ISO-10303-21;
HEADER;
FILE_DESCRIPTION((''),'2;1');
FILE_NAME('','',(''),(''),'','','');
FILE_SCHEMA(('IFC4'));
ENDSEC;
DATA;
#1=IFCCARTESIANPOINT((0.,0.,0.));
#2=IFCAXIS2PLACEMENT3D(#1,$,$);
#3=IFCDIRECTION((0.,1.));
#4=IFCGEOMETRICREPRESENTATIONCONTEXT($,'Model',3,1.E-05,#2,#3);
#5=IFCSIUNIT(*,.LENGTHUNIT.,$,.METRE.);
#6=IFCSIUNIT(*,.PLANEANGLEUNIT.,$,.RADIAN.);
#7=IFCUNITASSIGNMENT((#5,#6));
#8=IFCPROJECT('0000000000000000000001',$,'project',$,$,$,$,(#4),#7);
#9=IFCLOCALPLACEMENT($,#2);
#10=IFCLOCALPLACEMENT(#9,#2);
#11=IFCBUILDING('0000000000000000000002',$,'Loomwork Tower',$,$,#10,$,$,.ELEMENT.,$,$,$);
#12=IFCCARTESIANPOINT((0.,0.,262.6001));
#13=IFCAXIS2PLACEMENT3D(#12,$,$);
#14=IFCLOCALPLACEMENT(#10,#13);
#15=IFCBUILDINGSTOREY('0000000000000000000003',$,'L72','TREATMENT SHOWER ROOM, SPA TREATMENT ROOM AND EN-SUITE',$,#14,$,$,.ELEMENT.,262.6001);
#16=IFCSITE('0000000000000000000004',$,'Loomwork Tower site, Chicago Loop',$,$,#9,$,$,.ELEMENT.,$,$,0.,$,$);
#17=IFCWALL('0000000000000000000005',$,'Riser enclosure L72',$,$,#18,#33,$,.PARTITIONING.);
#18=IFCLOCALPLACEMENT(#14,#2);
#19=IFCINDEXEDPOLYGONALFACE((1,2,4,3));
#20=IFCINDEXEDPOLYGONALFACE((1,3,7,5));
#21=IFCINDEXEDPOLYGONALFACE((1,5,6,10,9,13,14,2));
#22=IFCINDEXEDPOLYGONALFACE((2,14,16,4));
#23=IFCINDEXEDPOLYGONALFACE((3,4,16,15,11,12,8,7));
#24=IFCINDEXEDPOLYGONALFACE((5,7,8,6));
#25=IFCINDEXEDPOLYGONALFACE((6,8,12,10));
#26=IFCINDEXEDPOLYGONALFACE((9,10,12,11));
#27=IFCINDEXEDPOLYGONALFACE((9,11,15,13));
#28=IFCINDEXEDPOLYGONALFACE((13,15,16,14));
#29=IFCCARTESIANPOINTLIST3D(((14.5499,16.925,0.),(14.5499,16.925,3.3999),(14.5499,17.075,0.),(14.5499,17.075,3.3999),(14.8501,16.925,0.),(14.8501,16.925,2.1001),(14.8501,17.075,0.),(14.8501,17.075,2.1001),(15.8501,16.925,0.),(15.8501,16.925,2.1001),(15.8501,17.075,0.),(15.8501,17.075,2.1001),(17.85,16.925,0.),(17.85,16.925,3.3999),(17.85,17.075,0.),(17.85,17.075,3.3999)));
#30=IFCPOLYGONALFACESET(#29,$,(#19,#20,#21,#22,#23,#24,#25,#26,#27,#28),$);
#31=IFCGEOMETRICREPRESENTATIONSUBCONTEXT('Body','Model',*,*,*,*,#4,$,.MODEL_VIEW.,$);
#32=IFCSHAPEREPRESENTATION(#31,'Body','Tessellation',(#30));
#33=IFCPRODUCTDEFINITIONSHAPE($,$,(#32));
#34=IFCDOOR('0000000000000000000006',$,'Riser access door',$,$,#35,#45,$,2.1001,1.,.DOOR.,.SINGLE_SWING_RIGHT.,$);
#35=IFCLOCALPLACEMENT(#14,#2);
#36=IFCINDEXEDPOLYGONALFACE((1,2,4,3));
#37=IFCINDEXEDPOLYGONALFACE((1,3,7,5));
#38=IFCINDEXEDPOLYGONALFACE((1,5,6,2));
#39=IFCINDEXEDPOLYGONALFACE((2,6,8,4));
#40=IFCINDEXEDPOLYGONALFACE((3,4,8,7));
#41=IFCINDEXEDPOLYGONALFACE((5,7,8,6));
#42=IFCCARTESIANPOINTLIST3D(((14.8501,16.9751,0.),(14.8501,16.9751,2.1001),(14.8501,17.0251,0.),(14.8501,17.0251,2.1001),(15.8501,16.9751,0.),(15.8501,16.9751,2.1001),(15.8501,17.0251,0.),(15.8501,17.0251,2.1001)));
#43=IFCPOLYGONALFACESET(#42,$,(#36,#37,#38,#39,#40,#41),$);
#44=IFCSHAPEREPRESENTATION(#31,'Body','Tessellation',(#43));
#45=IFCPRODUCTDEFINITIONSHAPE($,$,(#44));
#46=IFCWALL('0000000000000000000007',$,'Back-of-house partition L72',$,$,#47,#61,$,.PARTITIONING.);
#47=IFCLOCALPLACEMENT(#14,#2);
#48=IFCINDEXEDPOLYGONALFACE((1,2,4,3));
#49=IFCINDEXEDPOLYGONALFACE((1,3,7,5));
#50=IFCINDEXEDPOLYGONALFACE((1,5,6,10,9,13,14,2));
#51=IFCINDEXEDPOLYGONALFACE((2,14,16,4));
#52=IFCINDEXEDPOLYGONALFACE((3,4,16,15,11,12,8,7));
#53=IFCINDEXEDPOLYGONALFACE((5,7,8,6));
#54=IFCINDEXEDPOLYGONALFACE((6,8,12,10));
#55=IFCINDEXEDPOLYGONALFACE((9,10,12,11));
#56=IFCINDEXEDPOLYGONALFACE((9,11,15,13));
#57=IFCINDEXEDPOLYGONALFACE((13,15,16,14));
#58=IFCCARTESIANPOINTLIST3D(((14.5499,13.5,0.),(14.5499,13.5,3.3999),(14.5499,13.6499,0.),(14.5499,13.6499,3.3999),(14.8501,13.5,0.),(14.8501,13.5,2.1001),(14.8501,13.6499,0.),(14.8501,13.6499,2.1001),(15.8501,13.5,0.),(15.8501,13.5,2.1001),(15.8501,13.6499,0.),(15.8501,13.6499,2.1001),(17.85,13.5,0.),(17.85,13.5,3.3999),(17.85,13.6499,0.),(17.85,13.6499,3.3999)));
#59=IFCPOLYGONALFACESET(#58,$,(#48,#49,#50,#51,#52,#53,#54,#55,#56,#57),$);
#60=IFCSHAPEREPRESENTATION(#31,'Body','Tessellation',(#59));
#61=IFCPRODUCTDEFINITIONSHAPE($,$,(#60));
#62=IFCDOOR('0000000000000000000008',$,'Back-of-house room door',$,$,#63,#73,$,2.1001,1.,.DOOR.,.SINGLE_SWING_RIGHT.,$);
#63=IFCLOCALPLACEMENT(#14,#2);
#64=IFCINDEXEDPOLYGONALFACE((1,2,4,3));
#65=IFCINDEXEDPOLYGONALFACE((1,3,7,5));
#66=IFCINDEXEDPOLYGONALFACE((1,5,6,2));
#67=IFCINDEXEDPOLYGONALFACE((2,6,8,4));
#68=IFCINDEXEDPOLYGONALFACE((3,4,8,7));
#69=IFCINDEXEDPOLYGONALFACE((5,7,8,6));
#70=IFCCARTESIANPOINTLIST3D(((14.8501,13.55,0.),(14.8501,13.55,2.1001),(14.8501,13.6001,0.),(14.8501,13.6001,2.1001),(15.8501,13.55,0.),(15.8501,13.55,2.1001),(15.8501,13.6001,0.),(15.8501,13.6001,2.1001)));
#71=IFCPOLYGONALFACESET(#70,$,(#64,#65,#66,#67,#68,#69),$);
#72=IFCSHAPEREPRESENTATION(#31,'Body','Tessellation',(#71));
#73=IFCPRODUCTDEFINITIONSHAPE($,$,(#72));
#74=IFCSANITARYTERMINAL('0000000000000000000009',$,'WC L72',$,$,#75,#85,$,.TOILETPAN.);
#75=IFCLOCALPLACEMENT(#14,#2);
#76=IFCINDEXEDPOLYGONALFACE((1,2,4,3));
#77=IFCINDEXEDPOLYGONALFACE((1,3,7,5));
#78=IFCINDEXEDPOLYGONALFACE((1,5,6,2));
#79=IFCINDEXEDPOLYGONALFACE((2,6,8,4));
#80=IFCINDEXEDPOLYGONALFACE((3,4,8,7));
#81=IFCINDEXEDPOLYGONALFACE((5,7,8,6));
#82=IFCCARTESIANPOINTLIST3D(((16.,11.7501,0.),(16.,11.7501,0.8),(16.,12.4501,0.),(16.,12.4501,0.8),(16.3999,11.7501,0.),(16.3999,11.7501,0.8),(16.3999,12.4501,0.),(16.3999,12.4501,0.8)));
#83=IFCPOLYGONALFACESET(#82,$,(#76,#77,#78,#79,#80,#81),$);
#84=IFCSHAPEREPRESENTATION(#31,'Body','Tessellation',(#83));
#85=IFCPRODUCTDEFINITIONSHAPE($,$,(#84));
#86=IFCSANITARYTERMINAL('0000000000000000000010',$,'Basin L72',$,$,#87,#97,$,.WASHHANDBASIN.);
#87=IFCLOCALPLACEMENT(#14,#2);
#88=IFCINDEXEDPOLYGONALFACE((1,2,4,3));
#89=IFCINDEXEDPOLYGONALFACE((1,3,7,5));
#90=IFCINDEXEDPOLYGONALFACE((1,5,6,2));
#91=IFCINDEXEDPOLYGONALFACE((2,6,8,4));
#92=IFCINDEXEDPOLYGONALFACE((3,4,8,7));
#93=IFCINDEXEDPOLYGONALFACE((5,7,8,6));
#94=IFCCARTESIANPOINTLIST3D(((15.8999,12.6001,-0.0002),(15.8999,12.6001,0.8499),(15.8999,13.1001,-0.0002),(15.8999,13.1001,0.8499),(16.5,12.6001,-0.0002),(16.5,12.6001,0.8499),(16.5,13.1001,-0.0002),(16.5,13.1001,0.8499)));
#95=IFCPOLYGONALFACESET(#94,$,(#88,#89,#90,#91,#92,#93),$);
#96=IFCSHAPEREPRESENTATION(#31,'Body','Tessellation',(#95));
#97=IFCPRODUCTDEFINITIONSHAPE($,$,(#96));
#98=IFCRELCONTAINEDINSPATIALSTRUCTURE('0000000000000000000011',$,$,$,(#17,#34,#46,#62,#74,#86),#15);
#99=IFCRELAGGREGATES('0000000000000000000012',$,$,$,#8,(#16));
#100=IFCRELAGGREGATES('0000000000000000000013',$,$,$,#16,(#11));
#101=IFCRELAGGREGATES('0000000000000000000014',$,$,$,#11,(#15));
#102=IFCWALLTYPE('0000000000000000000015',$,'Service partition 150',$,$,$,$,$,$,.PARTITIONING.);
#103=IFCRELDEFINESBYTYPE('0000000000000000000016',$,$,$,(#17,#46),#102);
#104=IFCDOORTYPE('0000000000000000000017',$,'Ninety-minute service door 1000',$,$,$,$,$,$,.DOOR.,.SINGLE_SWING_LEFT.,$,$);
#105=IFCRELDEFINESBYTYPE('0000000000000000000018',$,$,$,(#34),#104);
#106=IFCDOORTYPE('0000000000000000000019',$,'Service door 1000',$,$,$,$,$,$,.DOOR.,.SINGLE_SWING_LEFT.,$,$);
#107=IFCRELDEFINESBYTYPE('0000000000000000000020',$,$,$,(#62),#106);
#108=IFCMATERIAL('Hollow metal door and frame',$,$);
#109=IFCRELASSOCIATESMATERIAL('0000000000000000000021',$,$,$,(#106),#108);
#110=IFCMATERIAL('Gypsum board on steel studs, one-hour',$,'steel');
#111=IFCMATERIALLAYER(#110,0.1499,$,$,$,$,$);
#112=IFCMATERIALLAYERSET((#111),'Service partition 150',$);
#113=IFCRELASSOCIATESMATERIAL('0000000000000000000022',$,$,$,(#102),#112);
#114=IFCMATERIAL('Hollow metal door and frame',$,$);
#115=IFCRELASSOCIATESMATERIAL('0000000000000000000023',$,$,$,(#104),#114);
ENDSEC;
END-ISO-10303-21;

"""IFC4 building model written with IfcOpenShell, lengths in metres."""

from ifc_helpers import new_model, si_unit, direction, frame, frame_2d, origin, origin_2d, place, context, subcontext, project, spatial, rectangle, extrude, material, layer, layer_set, type_object, element, fill, save


model = new_model("IFC4")

# Units and contexts
model_context = context("Model", 3, precision=1e-05, world=origin(), true_north=direction((0.0, 1.0)))
body_context = subcontext(model_context, "Body", "Model", "MODEL_VIEW")
ifc_project = project(units=[si_unit("LENGTHUNIT", "METRE"), si_unit("PLANEANGLEUNIT", "RADIAN")], contexts=[model_context])

# Site, building, storey
site_placement = place(None, origin())
site = spatial("IfcSite", under=ifc_project, at=site_placement, Name="Loomwork Tower site, Chicago Loop", CompositionType="ELEMENT", RefElevation=0.0)
building_placement = place(site_placement, origin())
building = spatial("IfcBuilding", under=site, at=building_placement, Name="Loomwork Tower", CompositionType="ELEMENT")
storey_placement = place(building_placement, frame((0.0, 0.0, 262.6001)))
storey = spatial("IfcBuildingStorey", under=building, at=storey_placement, Name="L72", Description="TREATMENT SHOWER ROOM, SPA TREATMENT ROOM AND EN-SUITE", CompositionType="ELEMENT", Elevation=262.6001)

# Shared definitions
ifc_material_1 = material(Name="Hollow metal door and frame")
door_type_1 = type_object("IfcDoorType", Name="Service door 1000", OperationType="SINGLE_SWING_LEFT", PredefinedType="DOOR", material=ifc_material_1)

# Walls, openings, doors
ifc_material_2 = material(Name="Gypsum board on steel studs, one-hour", Category="steel")
ifc_layer_1 = layer(ifc_material_2, 0.1499)
ifc_layer_set_1 = layer_set([ifc_layer_1], Name="Service partition 150")
wall_type_1 = type_object("IfcWallType", Name="Service partition 150", PredefinedType="PARTITIONING", material=ifc_layer_set_1)
wall_1_placement = place(storey_placement, frame((14.55, 17.0, 0.0), z_axis=(0.0, 0.0, 1.0), x_axis=(1.0, 0.0, 0.0)))
wall_1 = element("IfcWall", 1, at=wall_1_placement, inside=storey, type_object=wall_type_1, Name="Riser enclosure L72", PredefinedType="PARTITIONING", context=body_context, shape_type="SweptSolid", body=[
    extrude(rectangle(XDim=3.3, YDim=0.1499, at=frame_2d((1.6499, 0.0))), origin(), (0.0, 0.0, 1.0), 3.3999),
])
opening_1_placement = place(wall_1_placement, frame((0.3, 0.0, 0.0)))
opening_1 = element("IfcOpeningElement", 2, at=opening_1_placement, cuts=wall_1, PredefinedType="OPENING", context=body_context, shape_type="SweptSolid", body=[
    extrude(rectangle(XDim=1.0, YDim=2.1001, at=frame_2d((0.5, 1.05))), frame((0.0, 0.085, 0.0), z_axis=(0.0, -1.0, 0.0), x_axis=(1.0, 0.0, 0.0)), (0.0, 0.0, 1.0), 0.1699),
])
ifc_material_3 = material(Name="Hollow metal door and frame")
door_type_2 = type_object("IfcDoorType", Name="Ninety-minute service door 1000", OperationType="SINGLE_SWING_LEFT", PredefinedType="DOOR", material=ifc_material_3)
door_1_placement = place(opening_1_placement, frame((1.0, 0.0, 0.0), z_axis=(0.0, 0.0, 1.0), x_axis=(-1.0, 0.0, 0.0)))
door_1 = element("IfcDoor", 3, at=door_1_placement, inside=storey, type_object=door_type_2, Name="Riser access door", OperationType="SINGLE_SWING_RIGHT", OverallHeight=2.1001, OverallWidth=1.0, PredefinedType="DOOR", context=body_context, shape_type="SweptSolid", body=[
    extrude(rectangle(XDim=1.0, YDim=2.1001, at=frame_2d((0.5, 1.05))), frame((0.0, 0.0249, 0.0), z_axis=(0.0, -1.0, 0.0), x_axis=(1.0, 0.0, 0.0)), (0.0, 0.0, 1.0), 0.05),
])
fill(opening_1, door_1)
wall_2_placement = place(storey_placement, frame((14.55, 13.575, 0.0), z_axis=(0.0, 0.0, 1.0), x_axis=(1.0, 0.0, 0.0)))
wall_2 = element("IfcWall", 4, at=wall_2_placement, inside=storey, type_object=wall_type_1, Name="Back-of-house partition L72", PredefinedType="PARTITIONING", context=body_context, shape_type="SweptSolid", body=[
    extrude(rectangle(XDim=3.3, YDim=0.1499, at=frame_2d((1.6499, 0.0))), origin(), (0.0, 0.0, 1.0), 3.3999),
])
opening_2_placement = place(wall_2_placement, frame((0.3, 0.0, 0.0)))
opening_2 = element("IfcOpeningElement", 5, at=opening_2_placement, cuts=wall_2, PredefinedType="OPENING", context=body_context, shape_type="SweptSolid", body=[
    extrude(rectangle(XDim=1.0, YDim=2.1001, at=frame_2d((0.5, 1.05))), frame((0.0, 0.085, 0.0), z_axis=(0.0, -1.0, 0.0), x_axis=(1.0, 0.0, 0.0)), (0.0, 0.0, 1.0), 0.1699),
])
door_2_placement = place(opening_2_placement, frame((1.0, 0.0, 0.0), z_axis=(0.0, 0.0, 1.0), x_axis=(-1.0, 0.0, 0.0)))
door_2 = element("IfcDoor", 6, at=door_2_placement, inside=storey, type_object=door_type_1, Name="Back-of-house room door", OperationType="SINGLE_SWING_RIGHT", OverallHeight=2.1001, OverallWidth=1.0, PredefinedType="DOOR", context=body_context, shape_type="SweptSolid", body=[
    extrude(rectangle(XDim=1.0, YDim=2.1001, at=frame_2d((0.5, 1.05))), frame((0.0, 0.0249, 0.0), z_axis=(0.0, -1.0, 0.0), x_axis=(1.0, 0.0, 0.0)), (0.0, 0.0, 1.0), 0.05),
])
fill(opening_2, door_2)

# Sanitary terminals
sanitary_terminal_1_placement = place(storey_placement, frame((16.2, 12.1001, 0.0), z_axis=(0.0, 0.0, 1.0), x_axis=(1.0, 0.0, 0.0)))
element("IfcSanitaryTerminal", 7, at=sanitary_terminal_1_placement, inside=storey, Name="WC L72", PredefinedType="TOILETPAN", context=body_context, shape_type="SweptSolid", body=[
    extrude(rectangle(XDim=0.3999, YDim=0.7, at=origin_2d()), origin(), (0.0, 0.0, 1.0), 0.8),
])
sanitary_terminal_2_placement = place(storey_placement, frame((16.2, 12.8501, -0.0002), z_axis=(0.0, 0.0, 1.0), x_axis=(1.0, 0.0, 0.0)))
element("IfcSanitaryTerminal", 8, at=sanitary_terminal_2_placement, inside=storey, Name="Basin L72", PredefinedType="WASHHANDBASIN", context=body_context, shape_type="SweptSolid", body=[
    extrude(rectangle(XDim=0.6001, YDim=0.5, at=origin_2d()), origin(), (0.0, 0.0, 1.0), 0.8501),
])

save(model, "model.ifc")
